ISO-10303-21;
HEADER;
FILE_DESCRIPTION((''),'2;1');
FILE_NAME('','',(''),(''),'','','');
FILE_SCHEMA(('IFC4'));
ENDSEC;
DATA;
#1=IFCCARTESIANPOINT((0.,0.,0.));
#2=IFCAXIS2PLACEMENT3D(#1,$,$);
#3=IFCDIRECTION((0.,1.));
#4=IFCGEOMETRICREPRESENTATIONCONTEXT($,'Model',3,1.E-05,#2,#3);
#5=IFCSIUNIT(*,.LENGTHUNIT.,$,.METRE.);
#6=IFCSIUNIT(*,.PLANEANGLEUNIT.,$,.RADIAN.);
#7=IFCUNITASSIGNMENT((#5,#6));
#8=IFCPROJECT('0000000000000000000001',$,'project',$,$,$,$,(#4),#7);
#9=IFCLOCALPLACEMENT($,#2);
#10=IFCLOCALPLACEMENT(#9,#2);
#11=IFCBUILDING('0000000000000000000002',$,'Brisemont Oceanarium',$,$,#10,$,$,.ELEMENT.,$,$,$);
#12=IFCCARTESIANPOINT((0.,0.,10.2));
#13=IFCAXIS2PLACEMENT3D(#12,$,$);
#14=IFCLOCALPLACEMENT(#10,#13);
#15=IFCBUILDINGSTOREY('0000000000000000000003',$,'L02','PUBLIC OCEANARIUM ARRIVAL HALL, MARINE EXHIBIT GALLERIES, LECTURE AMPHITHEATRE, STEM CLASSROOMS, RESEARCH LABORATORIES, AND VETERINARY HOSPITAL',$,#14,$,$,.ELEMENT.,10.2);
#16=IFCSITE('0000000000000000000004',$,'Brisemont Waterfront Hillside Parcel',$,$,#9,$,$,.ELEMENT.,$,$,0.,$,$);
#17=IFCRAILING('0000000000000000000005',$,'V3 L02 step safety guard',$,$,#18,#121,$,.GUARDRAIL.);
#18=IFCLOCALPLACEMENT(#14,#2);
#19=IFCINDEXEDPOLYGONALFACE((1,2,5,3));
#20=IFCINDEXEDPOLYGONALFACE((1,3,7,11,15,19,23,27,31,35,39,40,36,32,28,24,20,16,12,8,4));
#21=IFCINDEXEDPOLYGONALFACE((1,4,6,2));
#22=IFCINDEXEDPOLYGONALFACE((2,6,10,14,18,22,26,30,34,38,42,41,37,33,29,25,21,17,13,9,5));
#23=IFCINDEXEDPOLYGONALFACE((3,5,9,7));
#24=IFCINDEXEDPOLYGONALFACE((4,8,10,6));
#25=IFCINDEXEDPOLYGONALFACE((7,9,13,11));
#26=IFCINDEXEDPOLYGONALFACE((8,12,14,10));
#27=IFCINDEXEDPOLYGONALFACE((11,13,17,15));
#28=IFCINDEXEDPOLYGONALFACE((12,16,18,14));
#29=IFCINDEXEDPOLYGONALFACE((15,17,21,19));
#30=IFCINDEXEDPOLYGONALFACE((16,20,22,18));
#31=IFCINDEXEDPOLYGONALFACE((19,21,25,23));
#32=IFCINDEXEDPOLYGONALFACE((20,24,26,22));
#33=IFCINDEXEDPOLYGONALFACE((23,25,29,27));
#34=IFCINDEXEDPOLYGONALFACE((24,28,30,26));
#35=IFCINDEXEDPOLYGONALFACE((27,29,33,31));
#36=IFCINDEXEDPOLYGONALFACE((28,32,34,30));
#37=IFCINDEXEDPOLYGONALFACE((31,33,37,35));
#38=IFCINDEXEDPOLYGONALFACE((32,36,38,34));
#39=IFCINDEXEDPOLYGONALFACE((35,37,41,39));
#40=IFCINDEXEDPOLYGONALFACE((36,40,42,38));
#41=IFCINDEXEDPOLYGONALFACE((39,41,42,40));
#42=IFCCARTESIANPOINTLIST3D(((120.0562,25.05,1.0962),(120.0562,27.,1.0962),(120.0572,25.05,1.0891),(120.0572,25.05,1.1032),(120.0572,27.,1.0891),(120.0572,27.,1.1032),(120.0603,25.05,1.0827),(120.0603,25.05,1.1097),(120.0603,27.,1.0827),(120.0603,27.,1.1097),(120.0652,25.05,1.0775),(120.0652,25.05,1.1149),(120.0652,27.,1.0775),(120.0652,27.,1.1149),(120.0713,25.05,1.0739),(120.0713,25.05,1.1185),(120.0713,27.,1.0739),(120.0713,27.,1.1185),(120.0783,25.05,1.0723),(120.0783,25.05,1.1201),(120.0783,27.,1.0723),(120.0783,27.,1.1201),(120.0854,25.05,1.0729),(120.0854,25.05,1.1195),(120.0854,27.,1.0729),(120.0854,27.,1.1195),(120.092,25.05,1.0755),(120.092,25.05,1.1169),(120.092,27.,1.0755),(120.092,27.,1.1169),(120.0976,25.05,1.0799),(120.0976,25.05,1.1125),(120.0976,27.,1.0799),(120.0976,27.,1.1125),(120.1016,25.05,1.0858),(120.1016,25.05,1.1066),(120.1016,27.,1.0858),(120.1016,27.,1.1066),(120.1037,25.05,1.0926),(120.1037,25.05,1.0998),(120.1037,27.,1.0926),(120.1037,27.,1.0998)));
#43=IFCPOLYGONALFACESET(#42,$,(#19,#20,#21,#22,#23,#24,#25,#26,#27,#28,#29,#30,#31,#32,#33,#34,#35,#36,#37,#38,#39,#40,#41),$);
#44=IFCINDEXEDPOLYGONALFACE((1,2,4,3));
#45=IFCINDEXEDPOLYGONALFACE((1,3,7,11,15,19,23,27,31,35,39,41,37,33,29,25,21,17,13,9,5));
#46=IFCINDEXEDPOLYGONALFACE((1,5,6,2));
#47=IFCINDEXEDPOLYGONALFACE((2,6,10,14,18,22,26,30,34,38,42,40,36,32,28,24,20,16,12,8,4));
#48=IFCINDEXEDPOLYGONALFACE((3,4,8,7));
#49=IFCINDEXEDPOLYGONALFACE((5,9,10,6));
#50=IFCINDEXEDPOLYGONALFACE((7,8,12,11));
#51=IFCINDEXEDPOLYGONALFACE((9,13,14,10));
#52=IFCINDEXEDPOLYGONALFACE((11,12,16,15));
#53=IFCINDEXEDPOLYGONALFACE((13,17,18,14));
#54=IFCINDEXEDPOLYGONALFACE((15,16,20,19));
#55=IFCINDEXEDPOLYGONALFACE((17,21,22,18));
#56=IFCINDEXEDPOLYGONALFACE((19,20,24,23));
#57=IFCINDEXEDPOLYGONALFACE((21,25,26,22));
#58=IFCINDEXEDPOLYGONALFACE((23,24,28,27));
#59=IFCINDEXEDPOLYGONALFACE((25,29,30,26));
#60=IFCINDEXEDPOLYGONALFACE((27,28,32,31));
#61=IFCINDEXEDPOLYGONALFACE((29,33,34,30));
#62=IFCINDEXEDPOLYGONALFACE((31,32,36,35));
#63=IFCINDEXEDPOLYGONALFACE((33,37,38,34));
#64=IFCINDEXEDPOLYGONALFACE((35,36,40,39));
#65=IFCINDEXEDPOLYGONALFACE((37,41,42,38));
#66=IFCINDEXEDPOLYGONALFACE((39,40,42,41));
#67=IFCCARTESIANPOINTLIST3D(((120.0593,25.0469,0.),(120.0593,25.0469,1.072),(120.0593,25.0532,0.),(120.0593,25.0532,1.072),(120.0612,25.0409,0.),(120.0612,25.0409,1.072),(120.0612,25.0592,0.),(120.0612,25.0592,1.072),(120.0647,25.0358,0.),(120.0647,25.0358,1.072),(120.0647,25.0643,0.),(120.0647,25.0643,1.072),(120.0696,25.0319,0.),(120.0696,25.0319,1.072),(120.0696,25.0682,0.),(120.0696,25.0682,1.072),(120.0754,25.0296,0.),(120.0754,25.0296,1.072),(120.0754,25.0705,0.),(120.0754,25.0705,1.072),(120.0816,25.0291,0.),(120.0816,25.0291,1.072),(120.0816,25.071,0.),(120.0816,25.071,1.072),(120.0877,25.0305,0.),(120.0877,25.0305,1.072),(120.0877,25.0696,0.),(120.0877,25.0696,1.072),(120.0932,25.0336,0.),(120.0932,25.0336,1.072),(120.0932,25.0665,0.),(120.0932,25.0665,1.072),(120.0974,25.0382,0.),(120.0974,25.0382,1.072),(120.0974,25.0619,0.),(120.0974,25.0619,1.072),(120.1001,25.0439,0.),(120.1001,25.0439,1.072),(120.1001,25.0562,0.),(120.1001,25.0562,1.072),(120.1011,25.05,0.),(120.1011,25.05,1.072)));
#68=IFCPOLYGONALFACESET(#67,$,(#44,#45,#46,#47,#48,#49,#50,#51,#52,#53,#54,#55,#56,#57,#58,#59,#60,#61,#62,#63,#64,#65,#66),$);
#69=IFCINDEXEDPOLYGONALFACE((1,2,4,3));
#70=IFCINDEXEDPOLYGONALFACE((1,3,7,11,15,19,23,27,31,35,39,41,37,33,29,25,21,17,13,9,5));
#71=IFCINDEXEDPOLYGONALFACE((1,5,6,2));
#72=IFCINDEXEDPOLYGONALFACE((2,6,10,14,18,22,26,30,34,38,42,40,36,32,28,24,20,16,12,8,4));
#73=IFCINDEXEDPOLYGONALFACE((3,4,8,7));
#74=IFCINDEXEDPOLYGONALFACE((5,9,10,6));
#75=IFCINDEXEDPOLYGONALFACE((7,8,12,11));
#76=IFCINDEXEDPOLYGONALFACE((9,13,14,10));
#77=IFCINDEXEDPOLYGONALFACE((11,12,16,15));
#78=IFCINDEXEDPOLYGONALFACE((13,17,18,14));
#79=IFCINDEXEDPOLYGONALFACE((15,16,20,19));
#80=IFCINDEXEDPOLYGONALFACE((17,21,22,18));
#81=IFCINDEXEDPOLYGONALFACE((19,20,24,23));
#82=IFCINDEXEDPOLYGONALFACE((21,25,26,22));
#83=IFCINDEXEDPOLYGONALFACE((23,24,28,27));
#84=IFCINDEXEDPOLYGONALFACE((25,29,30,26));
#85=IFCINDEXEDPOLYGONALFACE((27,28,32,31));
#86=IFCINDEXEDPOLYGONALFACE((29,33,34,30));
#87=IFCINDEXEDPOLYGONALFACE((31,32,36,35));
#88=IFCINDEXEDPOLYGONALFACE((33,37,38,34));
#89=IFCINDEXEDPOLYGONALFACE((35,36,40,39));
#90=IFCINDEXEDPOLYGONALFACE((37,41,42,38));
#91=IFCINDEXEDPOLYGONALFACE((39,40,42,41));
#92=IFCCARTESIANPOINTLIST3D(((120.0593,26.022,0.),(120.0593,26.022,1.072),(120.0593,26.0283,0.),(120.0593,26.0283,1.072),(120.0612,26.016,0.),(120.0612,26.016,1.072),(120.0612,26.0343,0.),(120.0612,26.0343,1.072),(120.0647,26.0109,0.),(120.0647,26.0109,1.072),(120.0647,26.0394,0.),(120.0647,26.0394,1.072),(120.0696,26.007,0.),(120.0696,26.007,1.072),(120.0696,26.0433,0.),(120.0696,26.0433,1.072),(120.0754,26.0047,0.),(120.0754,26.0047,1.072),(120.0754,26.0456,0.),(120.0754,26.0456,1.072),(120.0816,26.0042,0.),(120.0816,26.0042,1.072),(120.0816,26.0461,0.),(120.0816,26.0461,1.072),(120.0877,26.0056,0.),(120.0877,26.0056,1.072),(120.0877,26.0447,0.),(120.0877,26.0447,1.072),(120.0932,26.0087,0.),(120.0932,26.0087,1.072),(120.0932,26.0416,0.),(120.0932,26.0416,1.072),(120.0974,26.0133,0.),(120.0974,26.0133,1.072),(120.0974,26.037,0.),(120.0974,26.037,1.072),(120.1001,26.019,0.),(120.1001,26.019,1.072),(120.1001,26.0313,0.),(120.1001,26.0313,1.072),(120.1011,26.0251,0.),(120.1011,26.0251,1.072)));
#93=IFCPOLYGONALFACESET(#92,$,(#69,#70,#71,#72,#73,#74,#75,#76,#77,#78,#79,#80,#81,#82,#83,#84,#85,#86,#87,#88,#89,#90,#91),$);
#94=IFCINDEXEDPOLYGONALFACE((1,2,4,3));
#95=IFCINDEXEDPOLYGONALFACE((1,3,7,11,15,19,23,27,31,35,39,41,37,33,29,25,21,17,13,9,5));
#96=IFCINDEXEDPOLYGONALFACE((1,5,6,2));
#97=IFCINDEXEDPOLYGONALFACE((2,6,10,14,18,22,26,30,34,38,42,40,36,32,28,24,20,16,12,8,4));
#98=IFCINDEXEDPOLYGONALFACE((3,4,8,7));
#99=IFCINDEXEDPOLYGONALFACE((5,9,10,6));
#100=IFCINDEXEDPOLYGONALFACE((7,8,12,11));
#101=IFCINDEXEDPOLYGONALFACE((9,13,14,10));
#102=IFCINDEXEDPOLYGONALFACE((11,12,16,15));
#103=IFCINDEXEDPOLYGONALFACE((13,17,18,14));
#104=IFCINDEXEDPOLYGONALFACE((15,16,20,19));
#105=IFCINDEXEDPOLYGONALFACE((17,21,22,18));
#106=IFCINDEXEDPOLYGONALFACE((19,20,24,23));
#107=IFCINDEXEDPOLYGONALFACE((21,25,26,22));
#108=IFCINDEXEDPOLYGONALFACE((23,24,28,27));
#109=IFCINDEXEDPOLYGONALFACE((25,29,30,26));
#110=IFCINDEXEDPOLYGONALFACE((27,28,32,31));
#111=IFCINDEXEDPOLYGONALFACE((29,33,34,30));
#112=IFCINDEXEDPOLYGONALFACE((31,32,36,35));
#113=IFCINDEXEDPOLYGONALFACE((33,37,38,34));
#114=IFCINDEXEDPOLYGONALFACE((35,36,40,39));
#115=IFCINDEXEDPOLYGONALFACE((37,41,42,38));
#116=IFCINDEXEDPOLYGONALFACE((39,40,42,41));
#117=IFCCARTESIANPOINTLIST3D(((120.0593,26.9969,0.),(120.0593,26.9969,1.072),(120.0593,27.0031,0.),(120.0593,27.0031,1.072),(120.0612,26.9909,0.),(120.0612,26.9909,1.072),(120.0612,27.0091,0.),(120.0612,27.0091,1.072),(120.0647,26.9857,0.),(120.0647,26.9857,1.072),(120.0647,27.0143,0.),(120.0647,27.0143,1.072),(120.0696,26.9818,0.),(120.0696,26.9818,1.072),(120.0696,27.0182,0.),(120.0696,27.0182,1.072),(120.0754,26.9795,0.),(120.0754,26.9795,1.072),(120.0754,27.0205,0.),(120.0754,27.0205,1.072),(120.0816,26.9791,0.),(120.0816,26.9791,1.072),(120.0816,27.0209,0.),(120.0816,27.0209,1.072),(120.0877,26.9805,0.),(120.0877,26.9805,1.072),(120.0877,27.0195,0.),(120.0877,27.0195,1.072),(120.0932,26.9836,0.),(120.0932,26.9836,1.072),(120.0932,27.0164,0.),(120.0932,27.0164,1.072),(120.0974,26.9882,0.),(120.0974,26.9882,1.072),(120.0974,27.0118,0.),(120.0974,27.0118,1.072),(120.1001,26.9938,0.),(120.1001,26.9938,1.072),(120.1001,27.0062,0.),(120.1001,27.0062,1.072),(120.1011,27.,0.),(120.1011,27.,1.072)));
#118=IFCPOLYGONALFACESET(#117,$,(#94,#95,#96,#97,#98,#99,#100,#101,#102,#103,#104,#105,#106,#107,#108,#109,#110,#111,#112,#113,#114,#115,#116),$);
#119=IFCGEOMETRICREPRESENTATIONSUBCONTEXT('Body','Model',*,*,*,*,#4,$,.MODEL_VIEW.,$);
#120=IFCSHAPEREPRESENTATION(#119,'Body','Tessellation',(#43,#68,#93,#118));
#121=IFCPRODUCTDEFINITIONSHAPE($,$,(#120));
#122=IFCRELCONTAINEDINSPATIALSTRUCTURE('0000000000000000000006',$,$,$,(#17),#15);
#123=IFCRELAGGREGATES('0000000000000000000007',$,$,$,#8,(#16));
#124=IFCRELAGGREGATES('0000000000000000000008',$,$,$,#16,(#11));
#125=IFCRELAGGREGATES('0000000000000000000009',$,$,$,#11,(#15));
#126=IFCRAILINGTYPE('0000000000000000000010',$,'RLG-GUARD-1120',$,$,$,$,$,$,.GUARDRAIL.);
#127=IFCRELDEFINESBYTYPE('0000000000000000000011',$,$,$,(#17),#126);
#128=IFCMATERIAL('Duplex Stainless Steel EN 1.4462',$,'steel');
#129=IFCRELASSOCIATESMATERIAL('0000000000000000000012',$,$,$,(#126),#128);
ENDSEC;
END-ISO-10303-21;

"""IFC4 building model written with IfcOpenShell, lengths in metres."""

from ifc_helpers import new_model, si_unit, direction, frame, origin, origin_2d, place, context, subcontext, project, spatial, circle, extrude, material, type_object, element, save


model = new_model("IFC4")

# Units and contexts
model_context = context("Model", 3, precision=1e-05, world=origin(), true_north=direction((0.0, 1.0)))
body_context = subcontext(model_context, "Body", "Model", "MODEL_VIEW")
ifc_project = project(units=[si_unit("LENGTHUNIT", "METRE"), si_unit("PLANEANGLEUNIT", "RADIAN")], contexts=[model_context])

# Site, building, storey
site_placement = place(None, origin())
site = spatial("IfcSite", under=ifc_project, at=site_placement, Name="Brisemont Waterfront Hillside Parcel", CompositionType="ELEMENT", RefElevation=0.0)
building_placement = place(site_placement, origin())
building = spatial("IfcBuilding", under=site, at=building_placement, Name="Brisemont Oceanarium", CompositionType="ELEMENT")
storey_placement = place(building_placement, frame((0.0, 0.0, 10.2)))
storey = spatial("IfcBuildingStorey", under=building, at=storey_placement, Name="L02", Description="PUBLIC OCEANARIUM ARRIVAL HALL, MARINE EXHIBIT GALLERIES, LECTURE AMPHITHEATRE, STEM CLASSROOMS, RESEARCH LABORATORIES, AND VETERINARY HOSPITAL", CompositionType="ELEMENT", Elevation=10.2)

# Railing
ifc_material_1 = material(Name="Duplex Stainless Steel EN 1.4462", Category="steel")
railing_type = type_object("IfcRailingType", Name="RLG-GUARD-1120", PredefinedType="GUARDRAIL", material=ifc_material_1)
railing_1_placement = place(storey_placement, frame((120.0801, 25.05, 0.0)))
element("IfcRailing", 1, at=railing_1_placement, inside=storey, type_object=railing_type, Name="V3 L02 step safety guard", PredefinedType="GUARDRAIL", context=body_context, shape_type="SweptSolid", body=[
    extrude(circle(Radius=0.0239, at=origin_2d()), frame((0.0, 0.0, 1.0962), z_axis=(0.0, 1.0, 0.0), x_axis=(-1.0, 0.0, 0.0)), (0.0, 0.0, 1.0), 1.95),
    extrude(circle(Radius=0.021, at=origin_2d()), origin(), (0.0, 0.0, 1.0), 1.072),
    extrude(circle(Radius=0.021, at=origin_2d()), frame((0.0, 0.9751, 0.0)), (0.0, 0.0, 1.0), 1.072),
    extrude(circle(Radius=0.021, at=origin_2d()), frame((0.0, 1.95, 0.0)), (0.0, 0.0, 1.0), 1.072),
])

save(model, "model.ifc")
